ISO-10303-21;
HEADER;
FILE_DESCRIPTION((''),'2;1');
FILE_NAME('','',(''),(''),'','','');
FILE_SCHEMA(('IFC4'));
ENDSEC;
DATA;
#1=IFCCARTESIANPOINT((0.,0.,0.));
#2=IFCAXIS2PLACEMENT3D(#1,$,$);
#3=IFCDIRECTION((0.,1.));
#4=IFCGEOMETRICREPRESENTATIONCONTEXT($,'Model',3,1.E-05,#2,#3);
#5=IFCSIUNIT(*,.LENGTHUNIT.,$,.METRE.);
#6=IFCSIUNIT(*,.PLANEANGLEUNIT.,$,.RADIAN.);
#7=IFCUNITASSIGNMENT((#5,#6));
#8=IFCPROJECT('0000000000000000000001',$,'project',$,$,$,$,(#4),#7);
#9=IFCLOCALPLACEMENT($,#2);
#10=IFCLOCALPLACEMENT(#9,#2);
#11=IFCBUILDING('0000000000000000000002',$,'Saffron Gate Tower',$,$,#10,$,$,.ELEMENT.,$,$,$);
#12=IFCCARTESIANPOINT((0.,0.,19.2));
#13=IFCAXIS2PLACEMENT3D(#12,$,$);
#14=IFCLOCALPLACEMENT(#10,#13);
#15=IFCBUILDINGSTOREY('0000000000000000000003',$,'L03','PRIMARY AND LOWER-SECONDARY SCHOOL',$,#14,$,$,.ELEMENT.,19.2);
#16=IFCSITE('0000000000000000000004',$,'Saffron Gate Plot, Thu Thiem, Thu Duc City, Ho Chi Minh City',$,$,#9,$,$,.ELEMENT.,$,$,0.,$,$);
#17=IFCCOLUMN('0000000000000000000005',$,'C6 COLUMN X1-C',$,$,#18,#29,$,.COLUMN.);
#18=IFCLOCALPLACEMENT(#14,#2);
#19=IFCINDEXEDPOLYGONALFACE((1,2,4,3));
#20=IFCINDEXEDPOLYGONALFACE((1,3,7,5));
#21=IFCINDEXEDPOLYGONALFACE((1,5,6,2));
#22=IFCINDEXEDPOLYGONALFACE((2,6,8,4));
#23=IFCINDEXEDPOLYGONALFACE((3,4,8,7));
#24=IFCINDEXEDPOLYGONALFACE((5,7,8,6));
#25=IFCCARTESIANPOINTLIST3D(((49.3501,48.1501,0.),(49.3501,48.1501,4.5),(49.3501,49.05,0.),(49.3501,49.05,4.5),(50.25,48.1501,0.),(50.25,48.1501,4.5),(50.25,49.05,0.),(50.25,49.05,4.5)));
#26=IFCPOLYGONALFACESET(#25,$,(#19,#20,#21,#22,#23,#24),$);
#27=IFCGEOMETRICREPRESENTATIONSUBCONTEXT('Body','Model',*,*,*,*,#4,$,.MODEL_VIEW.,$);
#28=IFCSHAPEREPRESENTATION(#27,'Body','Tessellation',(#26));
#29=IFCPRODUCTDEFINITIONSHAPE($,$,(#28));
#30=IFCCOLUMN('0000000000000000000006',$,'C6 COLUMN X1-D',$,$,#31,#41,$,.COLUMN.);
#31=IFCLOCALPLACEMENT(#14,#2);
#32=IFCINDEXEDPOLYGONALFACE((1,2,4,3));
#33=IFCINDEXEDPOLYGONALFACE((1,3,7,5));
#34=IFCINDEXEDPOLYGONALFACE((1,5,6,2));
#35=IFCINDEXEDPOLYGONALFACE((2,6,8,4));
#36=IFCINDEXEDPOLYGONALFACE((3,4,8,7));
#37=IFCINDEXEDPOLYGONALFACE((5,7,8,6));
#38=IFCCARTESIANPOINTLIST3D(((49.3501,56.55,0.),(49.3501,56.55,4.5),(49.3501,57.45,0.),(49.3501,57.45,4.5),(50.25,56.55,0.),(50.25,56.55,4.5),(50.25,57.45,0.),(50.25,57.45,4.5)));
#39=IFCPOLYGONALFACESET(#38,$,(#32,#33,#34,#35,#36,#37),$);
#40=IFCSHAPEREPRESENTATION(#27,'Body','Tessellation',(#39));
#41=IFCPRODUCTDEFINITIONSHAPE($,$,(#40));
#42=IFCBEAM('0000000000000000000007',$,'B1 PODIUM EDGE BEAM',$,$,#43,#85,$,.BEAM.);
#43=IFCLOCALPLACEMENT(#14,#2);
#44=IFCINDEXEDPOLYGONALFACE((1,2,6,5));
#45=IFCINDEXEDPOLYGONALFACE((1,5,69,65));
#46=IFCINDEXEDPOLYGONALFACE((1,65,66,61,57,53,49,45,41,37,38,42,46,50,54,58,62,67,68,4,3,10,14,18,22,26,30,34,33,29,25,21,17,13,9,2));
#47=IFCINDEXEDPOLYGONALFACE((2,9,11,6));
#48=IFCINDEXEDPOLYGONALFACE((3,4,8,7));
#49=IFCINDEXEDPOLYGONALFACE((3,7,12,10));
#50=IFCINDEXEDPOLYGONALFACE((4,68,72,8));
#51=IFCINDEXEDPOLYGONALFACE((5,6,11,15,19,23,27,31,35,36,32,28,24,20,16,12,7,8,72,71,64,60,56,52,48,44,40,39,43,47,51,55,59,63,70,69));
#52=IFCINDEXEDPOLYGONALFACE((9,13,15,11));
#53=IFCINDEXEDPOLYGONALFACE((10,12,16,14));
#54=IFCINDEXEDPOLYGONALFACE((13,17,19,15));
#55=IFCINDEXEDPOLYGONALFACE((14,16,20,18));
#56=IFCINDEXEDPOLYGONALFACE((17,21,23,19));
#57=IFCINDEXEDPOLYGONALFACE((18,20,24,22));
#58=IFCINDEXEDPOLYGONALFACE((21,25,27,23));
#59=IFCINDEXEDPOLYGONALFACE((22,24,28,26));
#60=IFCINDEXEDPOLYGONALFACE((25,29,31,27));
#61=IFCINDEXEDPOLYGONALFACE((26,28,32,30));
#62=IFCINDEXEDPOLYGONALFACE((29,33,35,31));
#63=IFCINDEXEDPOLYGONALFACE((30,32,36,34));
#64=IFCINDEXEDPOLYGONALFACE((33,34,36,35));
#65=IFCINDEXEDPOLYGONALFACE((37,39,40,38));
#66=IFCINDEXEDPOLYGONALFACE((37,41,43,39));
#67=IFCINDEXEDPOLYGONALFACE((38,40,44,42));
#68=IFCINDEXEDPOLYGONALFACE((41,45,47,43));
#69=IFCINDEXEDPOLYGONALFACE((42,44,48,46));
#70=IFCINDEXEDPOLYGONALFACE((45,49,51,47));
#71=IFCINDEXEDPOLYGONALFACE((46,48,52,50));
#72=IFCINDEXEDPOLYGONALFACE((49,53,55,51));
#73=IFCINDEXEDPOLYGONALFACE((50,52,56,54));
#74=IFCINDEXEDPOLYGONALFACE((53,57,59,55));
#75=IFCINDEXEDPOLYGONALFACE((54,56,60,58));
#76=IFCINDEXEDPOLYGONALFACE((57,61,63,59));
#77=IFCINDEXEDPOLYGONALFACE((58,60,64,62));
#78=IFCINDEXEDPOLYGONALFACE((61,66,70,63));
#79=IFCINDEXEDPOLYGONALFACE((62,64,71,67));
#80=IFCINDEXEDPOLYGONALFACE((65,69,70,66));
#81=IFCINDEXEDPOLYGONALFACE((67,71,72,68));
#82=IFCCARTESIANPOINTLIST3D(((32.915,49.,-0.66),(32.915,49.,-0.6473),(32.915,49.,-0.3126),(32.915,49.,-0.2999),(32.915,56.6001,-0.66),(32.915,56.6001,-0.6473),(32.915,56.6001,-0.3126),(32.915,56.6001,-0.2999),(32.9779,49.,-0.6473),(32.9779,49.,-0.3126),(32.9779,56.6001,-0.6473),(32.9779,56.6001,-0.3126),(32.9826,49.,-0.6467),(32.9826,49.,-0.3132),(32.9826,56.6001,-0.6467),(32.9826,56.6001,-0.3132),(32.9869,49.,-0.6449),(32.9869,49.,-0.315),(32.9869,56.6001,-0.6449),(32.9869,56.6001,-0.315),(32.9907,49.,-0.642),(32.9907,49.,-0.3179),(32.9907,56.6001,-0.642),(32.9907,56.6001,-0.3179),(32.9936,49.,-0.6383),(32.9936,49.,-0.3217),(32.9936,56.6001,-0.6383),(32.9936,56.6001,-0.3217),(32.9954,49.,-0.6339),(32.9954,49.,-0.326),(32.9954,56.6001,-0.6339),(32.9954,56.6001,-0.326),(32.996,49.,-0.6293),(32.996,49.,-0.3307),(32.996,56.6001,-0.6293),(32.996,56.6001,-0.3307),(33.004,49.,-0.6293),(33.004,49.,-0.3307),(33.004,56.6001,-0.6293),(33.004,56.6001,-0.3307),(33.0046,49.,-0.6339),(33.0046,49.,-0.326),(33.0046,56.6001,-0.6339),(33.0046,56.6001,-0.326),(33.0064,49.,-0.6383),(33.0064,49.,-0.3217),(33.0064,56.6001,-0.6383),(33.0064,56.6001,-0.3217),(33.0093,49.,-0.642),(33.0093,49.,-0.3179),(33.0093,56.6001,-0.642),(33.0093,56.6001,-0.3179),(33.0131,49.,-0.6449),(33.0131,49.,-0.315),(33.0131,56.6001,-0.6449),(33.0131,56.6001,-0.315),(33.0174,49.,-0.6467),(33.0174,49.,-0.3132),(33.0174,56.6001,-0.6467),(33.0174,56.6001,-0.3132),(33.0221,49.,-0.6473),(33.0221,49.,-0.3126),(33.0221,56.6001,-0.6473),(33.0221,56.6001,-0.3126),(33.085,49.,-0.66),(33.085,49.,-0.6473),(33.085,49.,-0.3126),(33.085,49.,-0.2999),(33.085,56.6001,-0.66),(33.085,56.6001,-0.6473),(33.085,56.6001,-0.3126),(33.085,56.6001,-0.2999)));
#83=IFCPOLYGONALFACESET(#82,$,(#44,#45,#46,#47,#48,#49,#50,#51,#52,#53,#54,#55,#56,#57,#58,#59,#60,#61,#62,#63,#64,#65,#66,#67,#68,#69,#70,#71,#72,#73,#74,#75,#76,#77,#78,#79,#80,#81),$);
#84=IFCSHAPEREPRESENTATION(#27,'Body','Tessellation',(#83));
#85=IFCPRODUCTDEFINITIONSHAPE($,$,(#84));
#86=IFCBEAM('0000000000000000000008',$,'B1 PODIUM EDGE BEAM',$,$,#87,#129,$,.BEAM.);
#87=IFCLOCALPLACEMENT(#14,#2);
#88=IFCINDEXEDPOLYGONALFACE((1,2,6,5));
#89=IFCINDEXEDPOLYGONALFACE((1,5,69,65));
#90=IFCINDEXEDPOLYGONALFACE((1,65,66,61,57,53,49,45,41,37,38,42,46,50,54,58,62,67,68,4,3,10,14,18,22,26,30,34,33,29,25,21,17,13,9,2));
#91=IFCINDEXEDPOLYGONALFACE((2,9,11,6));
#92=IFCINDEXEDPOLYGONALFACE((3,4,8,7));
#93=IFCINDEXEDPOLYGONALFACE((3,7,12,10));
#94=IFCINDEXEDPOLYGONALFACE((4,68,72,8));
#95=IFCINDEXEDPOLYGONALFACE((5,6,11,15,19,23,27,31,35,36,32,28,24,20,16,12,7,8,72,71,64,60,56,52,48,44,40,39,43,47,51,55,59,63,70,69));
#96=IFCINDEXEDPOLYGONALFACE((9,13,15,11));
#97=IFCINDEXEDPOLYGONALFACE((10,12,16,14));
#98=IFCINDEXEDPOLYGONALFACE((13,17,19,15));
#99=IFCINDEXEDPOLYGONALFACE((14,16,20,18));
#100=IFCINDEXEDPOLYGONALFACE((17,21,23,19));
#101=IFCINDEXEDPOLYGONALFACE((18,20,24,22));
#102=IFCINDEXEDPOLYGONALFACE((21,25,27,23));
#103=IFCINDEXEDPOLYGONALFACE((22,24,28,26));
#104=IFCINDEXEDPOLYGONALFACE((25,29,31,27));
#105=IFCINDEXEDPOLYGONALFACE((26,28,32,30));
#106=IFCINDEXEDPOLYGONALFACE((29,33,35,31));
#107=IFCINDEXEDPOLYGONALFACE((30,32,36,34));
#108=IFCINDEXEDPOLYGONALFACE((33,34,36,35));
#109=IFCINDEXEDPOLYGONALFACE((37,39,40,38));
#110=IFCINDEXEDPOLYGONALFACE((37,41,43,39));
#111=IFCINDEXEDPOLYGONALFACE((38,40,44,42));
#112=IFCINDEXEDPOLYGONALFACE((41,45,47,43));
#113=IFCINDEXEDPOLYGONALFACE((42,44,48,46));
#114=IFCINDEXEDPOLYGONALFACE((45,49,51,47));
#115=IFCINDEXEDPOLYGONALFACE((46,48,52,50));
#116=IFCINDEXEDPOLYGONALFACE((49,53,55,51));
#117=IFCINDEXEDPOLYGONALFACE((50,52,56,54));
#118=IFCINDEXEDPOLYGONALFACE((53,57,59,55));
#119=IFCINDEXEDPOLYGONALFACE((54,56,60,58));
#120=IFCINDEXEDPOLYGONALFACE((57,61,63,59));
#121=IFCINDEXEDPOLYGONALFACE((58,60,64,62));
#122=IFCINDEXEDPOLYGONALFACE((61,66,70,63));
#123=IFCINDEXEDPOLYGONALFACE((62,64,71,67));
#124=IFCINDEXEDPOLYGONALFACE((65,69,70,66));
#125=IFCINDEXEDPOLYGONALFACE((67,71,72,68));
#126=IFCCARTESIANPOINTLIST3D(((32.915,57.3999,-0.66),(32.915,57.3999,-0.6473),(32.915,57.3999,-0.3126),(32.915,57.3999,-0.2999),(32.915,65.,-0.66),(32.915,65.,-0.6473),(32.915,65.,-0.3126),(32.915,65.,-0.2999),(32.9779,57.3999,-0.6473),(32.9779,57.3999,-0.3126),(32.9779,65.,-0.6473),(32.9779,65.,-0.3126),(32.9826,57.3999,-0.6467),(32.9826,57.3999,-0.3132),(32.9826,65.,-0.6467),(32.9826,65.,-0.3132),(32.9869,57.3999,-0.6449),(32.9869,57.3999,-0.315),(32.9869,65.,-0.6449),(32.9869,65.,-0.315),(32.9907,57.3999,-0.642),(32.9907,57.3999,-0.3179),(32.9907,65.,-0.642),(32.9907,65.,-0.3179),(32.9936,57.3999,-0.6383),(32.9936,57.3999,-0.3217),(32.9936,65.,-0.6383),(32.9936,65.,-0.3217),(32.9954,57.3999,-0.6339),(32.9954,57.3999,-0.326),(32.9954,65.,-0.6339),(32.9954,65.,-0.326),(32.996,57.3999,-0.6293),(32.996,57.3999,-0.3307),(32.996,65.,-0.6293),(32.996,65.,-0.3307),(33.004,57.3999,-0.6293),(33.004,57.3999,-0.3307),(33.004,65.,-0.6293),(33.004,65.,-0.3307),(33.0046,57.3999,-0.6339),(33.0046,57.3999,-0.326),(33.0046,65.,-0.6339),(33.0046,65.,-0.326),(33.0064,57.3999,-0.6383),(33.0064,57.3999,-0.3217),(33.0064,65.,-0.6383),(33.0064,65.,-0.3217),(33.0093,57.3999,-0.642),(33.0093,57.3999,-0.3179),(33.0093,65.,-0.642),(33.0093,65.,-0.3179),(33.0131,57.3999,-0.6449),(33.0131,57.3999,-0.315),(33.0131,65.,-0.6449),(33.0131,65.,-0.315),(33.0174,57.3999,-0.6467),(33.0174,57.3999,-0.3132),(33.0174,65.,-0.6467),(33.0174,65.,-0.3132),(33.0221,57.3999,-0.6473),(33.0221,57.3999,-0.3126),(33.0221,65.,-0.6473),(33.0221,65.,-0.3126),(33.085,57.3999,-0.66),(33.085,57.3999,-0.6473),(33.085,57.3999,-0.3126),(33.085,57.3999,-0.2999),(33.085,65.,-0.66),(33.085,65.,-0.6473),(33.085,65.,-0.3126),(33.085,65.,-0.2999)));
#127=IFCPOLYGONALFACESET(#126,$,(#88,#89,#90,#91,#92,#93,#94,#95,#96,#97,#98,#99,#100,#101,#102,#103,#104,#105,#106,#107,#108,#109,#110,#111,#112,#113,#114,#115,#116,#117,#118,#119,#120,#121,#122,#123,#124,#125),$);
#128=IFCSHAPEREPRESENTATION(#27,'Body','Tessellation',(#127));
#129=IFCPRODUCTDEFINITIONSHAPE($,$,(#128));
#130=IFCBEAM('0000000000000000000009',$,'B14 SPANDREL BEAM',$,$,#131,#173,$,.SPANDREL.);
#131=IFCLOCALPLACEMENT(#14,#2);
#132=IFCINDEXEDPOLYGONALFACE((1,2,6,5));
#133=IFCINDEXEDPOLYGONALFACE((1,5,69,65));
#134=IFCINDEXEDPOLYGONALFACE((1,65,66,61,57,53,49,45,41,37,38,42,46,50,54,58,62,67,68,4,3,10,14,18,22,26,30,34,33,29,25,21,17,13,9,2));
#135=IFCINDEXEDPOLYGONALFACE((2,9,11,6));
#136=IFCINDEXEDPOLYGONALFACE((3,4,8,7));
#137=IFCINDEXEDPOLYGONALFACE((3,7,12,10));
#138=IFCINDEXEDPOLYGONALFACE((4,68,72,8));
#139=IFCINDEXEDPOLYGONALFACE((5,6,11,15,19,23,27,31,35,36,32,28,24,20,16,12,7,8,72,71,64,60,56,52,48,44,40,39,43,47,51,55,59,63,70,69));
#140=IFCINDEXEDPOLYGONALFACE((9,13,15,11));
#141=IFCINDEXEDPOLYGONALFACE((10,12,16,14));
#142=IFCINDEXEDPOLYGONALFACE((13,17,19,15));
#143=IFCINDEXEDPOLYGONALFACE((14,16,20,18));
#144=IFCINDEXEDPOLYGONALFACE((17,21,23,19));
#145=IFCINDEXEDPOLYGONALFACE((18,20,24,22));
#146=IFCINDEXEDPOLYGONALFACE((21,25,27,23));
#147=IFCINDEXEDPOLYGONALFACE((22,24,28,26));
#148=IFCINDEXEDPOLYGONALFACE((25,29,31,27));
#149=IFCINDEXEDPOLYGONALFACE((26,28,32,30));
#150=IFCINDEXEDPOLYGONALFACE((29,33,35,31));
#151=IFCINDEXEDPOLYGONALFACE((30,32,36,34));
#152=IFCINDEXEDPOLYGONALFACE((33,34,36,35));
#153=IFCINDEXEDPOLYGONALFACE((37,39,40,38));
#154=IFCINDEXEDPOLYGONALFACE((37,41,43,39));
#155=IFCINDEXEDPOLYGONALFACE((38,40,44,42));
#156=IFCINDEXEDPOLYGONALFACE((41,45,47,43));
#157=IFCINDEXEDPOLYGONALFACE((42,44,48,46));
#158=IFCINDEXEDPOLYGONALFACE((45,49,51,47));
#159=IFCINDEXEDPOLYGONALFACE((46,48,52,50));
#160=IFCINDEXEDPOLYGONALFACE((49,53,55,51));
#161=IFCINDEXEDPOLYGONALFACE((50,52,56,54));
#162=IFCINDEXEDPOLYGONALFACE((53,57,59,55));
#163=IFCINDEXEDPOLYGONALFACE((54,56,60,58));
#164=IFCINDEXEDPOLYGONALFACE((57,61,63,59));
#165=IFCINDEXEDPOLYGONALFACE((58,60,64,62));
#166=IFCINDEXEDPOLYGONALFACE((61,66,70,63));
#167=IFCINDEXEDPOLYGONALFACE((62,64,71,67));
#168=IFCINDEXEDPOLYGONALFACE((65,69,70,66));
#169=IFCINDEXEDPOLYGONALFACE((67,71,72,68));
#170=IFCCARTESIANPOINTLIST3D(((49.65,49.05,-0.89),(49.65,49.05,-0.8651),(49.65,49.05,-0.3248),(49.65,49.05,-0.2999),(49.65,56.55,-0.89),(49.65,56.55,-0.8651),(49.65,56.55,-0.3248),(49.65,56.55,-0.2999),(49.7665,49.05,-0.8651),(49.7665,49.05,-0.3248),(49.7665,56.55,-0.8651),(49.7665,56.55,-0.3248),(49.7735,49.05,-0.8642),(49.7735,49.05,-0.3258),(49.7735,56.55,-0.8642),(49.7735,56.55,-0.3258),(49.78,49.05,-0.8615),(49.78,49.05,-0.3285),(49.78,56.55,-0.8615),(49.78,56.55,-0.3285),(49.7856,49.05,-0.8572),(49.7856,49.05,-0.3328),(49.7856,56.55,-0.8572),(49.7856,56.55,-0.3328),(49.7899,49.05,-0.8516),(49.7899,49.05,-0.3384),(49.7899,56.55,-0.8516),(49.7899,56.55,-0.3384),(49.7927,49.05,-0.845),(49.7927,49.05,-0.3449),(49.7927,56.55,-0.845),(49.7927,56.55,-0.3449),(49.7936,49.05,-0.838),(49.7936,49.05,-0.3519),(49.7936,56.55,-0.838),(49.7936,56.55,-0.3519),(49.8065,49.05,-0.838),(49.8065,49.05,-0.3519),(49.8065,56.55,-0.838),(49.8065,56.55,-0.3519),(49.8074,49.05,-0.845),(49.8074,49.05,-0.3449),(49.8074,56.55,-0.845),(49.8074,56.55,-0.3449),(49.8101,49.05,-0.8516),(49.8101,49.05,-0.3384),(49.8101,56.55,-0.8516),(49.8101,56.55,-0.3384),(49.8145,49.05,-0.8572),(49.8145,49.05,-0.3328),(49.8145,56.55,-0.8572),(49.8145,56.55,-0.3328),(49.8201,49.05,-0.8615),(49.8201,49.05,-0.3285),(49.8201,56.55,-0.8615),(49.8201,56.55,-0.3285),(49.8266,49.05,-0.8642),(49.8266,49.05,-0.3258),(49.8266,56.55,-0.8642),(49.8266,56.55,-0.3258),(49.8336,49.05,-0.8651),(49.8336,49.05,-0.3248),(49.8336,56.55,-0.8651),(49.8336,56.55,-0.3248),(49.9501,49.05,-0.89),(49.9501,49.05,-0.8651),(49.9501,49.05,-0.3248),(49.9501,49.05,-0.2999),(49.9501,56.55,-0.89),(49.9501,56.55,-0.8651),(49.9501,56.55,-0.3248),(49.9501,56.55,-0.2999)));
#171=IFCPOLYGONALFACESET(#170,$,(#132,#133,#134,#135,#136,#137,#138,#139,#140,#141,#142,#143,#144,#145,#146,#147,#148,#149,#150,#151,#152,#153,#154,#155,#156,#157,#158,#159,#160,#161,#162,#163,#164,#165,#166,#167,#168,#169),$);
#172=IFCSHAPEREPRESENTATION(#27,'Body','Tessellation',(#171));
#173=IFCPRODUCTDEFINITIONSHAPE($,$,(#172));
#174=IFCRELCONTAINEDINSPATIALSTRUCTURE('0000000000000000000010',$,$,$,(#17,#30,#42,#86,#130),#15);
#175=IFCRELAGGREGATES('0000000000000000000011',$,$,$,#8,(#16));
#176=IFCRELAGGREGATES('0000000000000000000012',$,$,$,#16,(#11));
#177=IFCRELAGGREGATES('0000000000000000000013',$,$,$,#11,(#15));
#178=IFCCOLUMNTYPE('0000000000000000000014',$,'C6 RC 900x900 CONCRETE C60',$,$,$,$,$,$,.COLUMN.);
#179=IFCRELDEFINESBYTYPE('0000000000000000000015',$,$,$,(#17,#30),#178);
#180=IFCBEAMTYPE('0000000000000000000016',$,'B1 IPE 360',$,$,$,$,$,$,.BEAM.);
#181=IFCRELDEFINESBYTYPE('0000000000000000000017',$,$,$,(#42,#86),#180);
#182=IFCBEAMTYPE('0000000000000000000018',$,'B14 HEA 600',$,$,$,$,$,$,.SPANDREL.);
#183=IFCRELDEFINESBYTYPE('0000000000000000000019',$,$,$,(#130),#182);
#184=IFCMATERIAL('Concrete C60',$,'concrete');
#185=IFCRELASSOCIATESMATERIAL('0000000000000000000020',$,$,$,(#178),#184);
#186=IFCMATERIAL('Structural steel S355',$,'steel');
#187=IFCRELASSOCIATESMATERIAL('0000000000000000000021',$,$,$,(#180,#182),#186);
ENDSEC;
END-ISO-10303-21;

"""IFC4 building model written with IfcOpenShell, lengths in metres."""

from ifc_helpers import new_model, si_unit, direction, frame, origin, origin_2d, place, context, subcontext, project, spatial, rectangle, i_section, extrude, material, material_profile, profile_set, type_object, element, save


model = new_model("IFC4")

# Units and contexts
model_context = context("Model", 3, precision=1e-05, world=origin(), true_north=direction((0.0, 1.0)))
body_context = subcontext(model_context, "Body", "Model", "MODEL_VIEW")
ifc_project = project(units=[si_unit("LENGTHUNIT", "METRE"), si_unit("PLANEANGLEUNIT", "RADIAN")], contexts=[model_context])

# Site, building, storey
site_placement = place(None, origin())
site = spatial("IfcSite", under=ifc_project, at=site_placement, Name="Saffron Gate Plot, Thu Thiem, Thu Duc City, Ho Chi Minh City", CompositionType="ELEMENT", RefElevation=0.0)
building_placement = place(site_placement, origin())
building = spatial("IfcBuilding", under=site, at=building_placement, Name="Saffron Gate Tower", CompositionType="ELEMENT")
storey_placement = place(building_placement, frame((0.0, 0.0, 19.2)))
storey = spatial("IfcBuildingStorey", under=building, at=storey_placement, Name="L03", Description="PRIMARY AND LOWER-SECONDARY SCHOOL", CompositionType="ELEMENT", Elevation=19.2)

# Columns
ifc_material_1 = material(Name="Concrete C60", Category="concrete")
ifc_material_profile_1 = material_profile(ifc_material_1, rectangle(XDim=0.8999, YDim=0.8999, at=origin_2d()))
ifc_profile_set_1 = profile_set([ifc_material_profile_1], Name="Concrete C60")
column_type = type_object("IfcColumnType", Name="C6 RC 900x900 CONCRETE C60", PredefinedType="COLUMN", material=ifc_profile_set_1)
for number, where, z_axis, x_axis, name in (
    (1, (49.8, 48.6001, 0.0), (0.0, 0.0, 1.0), (1.0, 0.0, 0.0), "C6 COLUMN X1-C"),
    (2, (49.8, 57.0, 0.0), (0.0, 0.0, 1.0), (1.0, 0.0, 0.0), "C6 COLUMN X1-D"),
):
    element("IfcColumn", number, at=place(storey_placement, frame(where, z_axis=z_axis, x_axis=x_axis)), inside=storey, type_object=column_type, Name=name, PredefinedType="COLUMN", context=body_context, shape_type="SweptSolid", body=[
        extrude(rectangle(XDim=0.8999, YDim=0.8999, at=origin_2d()), origin(), (0.0, 0.0, 1.0), 4.5),
    ])

# Beams
ifc_material_2 = material(Name="Structural steel S355", Category="steel")
ifc_material_profile_2 = material_profile(ifc_material_2, i_section(OverallWidth=0.1699, OverallDepth=0.3601, WebThickness=0.0081, FlangeThickness=0.0127, FilletRadius=0.0181, at=origin_2d()))
ifc_profile_set_2 = profile_set([ifc_material_profile_2], Name="Structural steel S355")
beam_type_1 = type_object("IfcBeamType", Name="B1 IPE 360", PredefinedType="BEAM", material=ifc_profile_set_2)
for number, where, z_axis, x_axis, name in (
    (3, (33.0, 49.0, -0.48), (0.0, 1.0, 0.0), (-1.0, 0.0, 0.0), "B1 PODIUM EDGE BEAM"),
    (4, (33.0, 57.3999, -0.48), (0.0, 1.0, 0.0), (-1.0, 0.0, 0.0), "B1 PODIUM EDGE BEAM"),
):
    element("IfcBeam", number, at=place(storey_placement, frame(where, z_axis=z_axis, x_axis=x_axis)), inside=storey, type_object=beam_type_1, Name=name, PredefinedType="BEAM", context=body_context, shape_type="SweptSolid", body=[
        extrude(i_section(OverallWidth=0.1699, OverallDepth=0.3601, WebThickness=0.0081, FlangeThickness=0.0127, FilletRadius=0.0181, at=origin_2d()), origin(), (0.0, 0.0, 1.0), 7.6001),
    ])
ifc_material_profile_3 = material_profile(ifc_material_2, i_section(OverallWidth=0.3, OverallDepth=0.5901, WebThickness=0.0129, FlangeThickness=0.0249, FilletRadius=0.0271, at=origin_2d()))
ifc_profile_set_3 = profile_set([ifc_material_profile_3], Name="Structural steel S355")
beam_type_2 = type_object("IfcBeamType", Name="B14 HEA 600", PredefinedType="SPANDREL", material=ifc_profile_set_3)
beam_1_placement = place(storey_placement, frame((49.8, 49.05, -0.595), z_axis=(0.0, 1.0, 0.0), x_axis=(-1.0, 0.0, 0.0)))
element("IfcBeam", 5, at=beam_1_placement, inside=storey, type_object=beam_type_2, Name="B14 SPANDREL BEAM", PredefinedType="SPANDREL", context=body_context, shape_type="SweptSolid", body=[
    extrude(i_section(OverallWidth=0.3, OverallDepth=0.5901, WebThickness=0.0129, FlangeThickness=0.0249, FilletRadius=0.0271, at=origin_2d()), origin(), (0.0, 0.0, 1.0), 7.5),
])

save(model, "model.ifc")
